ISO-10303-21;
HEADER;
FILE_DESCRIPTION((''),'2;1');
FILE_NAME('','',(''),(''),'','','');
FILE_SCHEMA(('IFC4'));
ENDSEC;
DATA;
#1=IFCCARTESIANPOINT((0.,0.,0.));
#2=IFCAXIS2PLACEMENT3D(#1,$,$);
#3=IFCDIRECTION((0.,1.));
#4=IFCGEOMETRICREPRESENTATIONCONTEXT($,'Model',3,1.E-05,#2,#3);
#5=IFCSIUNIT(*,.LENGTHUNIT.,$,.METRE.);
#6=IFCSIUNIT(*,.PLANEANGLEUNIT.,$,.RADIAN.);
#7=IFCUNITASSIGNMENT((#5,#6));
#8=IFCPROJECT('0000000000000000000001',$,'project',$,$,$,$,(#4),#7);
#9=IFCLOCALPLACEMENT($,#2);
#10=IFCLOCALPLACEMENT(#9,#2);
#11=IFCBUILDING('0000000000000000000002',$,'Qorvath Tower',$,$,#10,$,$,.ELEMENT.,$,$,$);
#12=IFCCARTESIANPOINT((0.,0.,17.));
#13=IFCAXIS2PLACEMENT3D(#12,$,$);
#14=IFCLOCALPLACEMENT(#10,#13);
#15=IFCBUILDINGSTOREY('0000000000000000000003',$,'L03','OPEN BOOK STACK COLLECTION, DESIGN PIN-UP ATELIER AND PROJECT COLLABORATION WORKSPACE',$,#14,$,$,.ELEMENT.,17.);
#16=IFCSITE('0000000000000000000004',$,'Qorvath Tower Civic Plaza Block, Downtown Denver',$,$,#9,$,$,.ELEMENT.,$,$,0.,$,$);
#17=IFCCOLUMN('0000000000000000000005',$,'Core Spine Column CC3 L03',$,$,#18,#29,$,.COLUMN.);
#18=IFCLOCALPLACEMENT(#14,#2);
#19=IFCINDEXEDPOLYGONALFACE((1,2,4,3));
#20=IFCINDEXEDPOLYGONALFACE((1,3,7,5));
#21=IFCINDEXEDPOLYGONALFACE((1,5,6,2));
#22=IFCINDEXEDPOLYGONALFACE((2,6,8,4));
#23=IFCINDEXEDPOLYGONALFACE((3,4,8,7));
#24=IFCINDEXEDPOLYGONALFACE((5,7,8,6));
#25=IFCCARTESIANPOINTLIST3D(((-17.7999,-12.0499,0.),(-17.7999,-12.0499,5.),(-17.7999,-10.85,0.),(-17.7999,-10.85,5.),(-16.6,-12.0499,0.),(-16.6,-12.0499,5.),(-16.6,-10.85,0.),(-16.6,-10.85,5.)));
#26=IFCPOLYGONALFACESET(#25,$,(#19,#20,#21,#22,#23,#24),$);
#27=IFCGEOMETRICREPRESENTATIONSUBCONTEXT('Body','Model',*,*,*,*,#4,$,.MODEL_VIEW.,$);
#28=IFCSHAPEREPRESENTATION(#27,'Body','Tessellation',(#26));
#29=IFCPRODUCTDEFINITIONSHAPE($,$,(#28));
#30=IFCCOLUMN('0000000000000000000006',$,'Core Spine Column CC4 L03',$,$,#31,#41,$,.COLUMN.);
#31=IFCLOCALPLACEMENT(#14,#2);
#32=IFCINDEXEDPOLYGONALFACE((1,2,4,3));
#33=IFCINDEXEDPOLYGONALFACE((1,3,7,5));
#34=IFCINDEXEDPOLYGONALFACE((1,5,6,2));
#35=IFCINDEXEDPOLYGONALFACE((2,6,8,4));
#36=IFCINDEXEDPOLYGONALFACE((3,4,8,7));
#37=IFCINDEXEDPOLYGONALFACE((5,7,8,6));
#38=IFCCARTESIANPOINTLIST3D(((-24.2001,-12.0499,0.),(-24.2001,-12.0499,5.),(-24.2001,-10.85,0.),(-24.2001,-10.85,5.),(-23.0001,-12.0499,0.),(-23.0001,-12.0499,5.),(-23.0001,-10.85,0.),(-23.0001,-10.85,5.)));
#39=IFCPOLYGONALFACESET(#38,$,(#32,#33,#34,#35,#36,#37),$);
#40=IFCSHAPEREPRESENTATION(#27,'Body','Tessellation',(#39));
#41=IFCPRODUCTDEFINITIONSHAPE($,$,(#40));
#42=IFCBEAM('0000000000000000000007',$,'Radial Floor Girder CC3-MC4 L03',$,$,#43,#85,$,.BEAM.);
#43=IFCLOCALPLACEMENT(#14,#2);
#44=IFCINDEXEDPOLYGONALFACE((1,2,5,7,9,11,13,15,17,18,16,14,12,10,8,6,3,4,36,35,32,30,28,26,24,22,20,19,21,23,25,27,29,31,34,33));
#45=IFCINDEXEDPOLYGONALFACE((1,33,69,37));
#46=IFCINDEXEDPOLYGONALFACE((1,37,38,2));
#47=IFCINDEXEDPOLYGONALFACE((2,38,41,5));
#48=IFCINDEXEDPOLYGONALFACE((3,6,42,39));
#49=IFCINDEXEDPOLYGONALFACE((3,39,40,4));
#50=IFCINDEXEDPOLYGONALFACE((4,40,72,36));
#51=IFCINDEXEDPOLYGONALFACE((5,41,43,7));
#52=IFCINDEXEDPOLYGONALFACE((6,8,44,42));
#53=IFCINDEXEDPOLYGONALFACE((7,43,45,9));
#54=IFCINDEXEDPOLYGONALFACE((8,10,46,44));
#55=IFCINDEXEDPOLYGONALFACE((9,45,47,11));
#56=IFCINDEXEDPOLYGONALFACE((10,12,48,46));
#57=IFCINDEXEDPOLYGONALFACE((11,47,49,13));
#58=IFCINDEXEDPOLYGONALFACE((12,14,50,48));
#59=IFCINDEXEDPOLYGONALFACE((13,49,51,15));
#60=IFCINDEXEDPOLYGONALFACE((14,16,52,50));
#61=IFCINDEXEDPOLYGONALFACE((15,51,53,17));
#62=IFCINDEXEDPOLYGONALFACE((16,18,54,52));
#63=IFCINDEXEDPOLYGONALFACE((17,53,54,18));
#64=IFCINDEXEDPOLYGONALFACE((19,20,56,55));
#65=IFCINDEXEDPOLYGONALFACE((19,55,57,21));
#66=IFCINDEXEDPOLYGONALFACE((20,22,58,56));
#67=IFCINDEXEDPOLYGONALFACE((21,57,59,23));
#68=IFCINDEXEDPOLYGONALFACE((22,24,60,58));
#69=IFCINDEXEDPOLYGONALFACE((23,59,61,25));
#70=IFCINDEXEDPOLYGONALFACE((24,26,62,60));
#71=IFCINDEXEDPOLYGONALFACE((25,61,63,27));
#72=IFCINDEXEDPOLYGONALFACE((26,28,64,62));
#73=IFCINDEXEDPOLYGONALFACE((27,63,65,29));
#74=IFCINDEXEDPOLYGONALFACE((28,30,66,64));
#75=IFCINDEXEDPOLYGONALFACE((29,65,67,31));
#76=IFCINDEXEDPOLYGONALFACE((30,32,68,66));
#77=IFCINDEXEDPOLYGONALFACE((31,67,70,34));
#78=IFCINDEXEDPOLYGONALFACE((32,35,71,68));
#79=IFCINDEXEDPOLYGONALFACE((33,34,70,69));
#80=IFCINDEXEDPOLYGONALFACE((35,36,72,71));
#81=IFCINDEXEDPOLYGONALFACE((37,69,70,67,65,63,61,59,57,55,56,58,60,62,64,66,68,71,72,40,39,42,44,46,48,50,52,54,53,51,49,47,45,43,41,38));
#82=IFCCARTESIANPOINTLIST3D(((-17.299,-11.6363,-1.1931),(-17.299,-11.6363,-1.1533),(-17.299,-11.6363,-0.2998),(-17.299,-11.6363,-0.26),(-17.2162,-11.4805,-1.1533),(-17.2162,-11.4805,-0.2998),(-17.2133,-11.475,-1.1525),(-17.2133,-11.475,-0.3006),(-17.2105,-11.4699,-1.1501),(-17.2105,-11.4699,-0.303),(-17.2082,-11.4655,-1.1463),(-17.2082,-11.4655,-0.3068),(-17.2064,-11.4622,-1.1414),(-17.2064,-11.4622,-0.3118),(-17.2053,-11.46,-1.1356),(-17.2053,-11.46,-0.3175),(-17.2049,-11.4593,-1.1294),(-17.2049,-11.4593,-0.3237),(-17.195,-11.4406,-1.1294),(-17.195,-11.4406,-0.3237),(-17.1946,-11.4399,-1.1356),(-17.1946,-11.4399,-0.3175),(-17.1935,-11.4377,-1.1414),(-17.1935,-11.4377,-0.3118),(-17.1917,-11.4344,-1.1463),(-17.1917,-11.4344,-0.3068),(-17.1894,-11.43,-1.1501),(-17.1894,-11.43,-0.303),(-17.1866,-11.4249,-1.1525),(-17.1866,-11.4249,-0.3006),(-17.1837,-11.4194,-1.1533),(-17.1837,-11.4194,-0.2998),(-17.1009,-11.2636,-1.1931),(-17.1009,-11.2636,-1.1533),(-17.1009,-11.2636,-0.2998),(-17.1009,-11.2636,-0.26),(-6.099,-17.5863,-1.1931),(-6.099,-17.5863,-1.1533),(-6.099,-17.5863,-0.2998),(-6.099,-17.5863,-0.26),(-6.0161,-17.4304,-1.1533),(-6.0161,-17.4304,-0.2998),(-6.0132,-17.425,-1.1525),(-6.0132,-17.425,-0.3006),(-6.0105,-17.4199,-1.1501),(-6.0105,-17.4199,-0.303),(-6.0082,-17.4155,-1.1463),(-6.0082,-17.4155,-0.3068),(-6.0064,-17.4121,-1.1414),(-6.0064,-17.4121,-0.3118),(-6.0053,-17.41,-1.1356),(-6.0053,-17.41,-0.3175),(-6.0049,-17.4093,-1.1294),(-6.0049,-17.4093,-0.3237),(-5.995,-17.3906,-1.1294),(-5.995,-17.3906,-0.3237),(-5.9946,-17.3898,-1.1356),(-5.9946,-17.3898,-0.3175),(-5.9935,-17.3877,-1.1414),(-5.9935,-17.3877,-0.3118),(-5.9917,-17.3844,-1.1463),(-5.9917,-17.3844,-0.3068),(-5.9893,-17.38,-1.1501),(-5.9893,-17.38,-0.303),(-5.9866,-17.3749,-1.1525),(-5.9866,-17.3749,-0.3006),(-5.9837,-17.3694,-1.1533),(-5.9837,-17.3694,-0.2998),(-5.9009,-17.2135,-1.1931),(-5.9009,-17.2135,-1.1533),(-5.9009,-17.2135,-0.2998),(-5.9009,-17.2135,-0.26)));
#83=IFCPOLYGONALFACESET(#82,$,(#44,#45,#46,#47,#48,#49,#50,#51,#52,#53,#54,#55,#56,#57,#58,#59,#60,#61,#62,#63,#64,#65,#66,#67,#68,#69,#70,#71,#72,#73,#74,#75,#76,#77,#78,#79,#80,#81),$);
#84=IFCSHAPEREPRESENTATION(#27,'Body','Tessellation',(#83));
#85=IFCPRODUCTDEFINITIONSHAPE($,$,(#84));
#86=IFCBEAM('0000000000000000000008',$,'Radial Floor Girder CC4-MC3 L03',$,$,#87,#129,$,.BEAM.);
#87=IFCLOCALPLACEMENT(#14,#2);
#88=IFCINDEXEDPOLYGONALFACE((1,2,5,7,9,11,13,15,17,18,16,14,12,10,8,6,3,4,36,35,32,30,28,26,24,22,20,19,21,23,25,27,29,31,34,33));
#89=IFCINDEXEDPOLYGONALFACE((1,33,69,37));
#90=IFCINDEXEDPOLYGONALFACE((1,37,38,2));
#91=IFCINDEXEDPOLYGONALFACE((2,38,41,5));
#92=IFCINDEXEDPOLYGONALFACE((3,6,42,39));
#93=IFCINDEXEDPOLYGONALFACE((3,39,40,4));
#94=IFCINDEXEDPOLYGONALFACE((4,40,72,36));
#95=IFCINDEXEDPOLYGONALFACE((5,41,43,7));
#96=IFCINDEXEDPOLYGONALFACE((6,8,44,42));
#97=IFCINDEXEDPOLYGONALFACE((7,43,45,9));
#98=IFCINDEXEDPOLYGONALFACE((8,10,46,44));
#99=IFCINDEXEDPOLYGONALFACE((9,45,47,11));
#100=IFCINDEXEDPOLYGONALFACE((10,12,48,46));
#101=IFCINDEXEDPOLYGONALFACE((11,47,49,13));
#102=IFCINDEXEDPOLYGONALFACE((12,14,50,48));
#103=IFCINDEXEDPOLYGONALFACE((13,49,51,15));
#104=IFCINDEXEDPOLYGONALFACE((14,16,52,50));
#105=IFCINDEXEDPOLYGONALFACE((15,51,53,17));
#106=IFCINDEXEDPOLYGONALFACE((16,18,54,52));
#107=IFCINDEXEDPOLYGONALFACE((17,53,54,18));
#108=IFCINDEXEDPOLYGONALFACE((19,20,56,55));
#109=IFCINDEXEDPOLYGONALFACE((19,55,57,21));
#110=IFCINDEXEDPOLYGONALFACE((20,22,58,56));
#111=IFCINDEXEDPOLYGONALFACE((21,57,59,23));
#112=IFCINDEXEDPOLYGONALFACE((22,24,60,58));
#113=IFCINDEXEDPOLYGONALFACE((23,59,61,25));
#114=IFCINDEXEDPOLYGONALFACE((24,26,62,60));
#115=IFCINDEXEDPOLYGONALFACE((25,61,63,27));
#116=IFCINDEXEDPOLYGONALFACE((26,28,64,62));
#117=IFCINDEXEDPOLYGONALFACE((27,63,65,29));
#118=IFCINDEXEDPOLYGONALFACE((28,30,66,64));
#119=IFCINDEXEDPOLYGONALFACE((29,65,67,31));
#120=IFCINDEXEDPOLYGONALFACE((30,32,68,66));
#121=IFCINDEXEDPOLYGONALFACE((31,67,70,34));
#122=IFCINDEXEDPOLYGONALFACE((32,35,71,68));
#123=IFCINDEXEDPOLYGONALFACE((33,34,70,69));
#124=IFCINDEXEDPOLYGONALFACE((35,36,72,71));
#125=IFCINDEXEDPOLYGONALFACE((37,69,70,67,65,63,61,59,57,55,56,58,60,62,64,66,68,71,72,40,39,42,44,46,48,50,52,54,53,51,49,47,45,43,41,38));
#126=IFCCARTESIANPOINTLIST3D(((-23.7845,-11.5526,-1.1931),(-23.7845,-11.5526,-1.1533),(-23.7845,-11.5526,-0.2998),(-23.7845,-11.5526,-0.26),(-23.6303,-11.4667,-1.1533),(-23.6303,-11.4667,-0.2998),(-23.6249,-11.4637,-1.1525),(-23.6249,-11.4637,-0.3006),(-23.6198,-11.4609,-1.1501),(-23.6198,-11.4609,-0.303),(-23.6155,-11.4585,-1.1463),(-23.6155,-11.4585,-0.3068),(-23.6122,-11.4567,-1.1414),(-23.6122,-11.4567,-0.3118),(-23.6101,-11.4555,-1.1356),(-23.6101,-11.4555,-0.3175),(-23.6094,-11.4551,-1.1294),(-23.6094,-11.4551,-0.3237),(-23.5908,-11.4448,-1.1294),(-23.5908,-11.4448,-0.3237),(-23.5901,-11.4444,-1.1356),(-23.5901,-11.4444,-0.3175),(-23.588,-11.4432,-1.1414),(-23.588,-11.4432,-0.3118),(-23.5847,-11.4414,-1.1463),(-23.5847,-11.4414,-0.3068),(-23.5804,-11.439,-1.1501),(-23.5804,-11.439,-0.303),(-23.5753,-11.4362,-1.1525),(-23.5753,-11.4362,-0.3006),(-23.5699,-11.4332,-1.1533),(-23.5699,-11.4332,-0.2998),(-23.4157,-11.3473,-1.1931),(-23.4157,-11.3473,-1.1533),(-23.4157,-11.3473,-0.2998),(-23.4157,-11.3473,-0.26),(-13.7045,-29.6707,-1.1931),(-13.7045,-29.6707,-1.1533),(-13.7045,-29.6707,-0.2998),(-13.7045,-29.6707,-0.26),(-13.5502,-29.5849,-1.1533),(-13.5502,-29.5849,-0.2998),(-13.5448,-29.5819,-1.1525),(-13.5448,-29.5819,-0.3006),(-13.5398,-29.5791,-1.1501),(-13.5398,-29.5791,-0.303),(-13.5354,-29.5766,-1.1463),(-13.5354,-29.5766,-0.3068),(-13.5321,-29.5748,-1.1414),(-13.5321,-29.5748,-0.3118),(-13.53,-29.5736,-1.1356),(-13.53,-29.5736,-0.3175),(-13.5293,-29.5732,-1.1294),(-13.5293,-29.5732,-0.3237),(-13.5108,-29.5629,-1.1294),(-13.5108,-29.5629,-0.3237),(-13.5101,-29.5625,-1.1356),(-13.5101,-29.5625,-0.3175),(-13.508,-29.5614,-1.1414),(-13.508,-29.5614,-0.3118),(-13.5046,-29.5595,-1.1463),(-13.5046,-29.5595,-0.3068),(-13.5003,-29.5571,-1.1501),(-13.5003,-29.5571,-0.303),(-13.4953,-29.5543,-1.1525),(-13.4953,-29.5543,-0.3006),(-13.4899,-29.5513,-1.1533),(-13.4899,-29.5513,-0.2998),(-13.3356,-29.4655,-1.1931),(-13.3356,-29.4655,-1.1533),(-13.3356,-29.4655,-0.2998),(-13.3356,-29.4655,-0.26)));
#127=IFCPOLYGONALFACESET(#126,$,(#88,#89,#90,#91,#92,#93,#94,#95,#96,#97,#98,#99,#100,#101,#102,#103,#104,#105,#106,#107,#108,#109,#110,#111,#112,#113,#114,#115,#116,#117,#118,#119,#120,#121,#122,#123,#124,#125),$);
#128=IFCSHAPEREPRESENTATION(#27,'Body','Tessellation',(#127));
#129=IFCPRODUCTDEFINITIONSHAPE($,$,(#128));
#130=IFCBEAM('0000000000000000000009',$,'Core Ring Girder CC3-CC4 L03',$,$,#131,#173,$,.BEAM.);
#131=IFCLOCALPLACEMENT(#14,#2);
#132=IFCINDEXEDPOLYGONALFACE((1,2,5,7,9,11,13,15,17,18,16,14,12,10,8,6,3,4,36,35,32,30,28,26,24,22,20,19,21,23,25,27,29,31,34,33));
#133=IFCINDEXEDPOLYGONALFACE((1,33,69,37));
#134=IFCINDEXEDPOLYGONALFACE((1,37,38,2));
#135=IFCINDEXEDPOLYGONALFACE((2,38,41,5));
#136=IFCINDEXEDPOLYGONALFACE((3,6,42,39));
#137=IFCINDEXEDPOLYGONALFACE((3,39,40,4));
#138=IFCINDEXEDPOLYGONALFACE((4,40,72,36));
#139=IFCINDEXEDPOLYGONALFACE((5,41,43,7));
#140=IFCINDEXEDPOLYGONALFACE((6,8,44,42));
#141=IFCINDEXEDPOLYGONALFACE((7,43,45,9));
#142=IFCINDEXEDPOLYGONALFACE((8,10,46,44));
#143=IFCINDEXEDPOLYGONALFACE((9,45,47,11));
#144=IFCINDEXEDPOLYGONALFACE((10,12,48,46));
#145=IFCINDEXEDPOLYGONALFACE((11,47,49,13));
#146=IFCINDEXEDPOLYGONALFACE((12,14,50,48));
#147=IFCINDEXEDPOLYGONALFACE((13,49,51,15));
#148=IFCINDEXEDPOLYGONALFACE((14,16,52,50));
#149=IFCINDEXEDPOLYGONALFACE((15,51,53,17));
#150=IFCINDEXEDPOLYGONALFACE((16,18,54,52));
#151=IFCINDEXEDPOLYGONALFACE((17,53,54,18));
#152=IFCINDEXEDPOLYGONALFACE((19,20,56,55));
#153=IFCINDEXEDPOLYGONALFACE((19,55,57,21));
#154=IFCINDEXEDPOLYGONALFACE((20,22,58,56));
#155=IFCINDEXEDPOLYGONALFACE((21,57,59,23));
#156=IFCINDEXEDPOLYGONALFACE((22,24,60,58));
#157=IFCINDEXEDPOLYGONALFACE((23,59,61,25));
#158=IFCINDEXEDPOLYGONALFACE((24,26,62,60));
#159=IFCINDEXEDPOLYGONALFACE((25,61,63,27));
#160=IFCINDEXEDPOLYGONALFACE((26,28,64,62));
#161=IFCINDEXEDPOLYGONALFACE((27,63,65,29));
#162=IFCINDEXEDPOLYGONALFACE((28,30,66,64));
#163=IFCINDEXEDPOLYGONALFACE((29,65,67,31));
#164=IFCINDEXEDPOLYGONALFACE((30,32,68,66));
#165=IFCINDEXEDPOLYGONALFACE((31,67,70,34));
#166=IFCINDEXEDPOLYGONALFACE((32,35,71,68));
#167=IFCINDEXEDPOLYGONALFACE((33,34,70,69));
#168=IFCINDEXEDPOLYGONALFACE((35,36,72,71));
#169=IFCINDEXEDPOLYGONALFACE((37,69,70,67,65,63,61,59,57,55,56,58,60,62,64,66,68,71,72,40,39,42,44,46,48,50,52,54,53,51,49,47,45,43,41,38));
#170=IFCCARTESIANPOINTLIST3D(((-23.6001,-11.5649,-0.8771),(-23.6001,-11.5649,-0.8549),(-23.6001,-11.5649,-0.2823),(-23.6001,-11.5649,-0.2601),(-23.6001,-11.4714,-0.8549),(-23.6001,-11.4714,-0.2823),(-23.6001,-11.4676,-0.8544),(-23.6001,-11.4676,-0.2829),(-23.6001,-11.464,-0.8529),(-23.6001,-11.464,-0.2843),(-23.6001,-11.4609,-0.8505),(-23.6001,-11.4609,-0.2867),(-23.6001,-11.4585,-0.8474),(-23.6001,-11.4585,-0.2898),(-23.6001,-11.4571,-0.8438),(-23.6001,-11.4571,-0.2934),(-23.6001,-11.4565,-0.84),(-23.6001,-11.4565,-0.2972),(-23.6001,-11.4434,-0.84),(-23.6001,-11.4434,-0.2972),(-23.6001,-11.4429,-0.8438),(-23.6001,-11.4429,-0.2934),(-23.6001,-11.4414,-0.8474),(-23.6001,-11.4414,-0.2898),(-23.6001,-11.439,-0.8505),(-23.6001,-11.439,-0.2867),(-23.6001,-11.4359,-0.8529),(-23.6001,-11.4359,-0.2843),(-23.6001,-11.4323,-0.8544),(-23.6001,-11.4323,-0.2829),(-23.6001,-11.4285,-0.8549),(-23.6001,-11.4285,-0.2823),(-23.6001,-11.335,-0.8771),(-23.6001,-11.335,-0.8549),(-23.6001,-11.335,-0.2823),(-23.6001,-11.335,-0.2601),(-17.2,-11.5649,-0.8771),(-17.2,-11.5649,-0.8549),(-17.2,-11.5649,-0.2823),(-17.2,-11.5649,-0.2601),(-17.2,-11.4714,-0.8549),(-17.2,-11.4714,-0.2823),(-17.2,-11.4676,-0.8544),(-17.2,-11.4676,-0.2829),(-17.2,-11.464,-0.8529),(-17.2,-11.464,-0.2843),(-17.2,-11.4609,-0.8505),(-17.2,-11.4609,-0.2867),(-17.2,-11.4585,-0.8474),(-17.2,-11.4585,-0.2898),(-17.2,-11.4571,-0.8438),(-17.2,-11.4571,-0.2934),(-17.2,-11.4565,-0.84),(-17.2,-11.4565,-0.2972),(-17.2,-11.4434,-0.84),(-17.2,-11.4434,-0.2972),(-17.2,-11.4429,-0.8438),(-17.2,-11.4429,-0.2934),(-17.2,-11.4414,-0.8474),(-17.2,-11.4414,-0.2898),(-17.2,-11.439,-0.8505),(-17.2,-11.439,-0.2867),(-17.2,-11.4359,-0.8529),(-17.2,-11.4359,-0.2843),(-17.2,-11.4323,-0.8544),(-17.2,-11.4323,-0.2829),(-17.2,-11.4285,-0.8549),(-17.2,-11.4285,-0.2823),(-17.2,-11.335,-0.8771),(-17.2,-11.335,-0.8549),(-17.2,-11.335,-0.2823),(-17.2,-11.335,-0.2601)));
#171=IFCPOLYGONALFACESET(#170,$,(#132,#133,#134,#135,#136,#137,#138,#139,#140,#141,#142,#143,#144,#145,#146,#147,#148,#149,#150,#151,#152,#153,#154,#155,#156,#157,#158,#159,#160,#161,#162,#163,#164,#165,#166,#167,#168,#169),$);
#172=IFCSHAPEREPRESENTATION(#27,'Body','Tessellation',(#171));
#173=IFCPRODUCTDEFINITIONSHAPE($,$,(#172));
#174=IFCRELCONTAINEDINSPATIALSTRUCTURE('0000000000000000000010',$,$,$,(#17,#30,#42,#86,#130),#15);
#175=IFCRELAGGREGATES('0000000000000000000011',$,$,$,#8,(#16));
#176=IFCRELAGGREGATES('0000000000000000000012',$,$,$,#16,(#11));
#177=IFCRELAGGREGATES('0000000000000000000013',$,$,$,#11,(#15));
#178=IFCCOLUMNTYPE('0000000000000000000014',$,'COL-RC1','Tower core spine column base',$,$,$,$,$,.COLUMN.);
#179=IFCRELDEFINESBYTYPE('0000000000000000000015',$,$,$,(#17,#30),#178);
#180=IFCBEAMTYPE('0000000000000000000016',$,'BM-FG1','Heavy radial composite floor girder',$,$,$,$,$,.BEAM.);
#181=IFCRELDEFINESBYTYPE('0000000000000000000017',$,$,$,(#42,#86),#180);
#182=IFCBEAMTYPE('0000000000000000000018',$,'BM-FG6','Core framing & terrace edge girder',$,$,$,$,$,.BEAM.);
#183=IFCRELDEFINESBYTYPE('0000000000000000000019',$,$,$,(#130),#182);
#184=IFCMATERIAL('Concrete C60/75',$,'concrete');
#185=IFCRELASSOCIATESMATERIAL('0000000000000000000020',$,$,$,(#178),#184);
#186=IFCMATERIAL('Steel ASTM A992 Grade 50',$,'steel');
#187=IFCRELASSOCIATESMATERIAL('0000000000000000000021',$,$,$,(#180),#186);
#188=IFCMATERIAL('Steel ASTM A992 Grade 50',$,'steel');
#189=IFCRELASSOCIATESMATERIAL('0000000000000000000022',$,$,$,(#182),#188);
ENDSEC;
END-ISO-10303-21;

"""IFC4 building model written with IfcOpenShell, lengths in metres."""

from ifc_helpers import new_model, si_unit, direction, frame, origin, origin_2d, place, context, subcontext, project, spatial, rectangle, i_section, extrude, material, material_profile, profile_set, type_object, element, save


model = new_model("IFC4")

# Units and contexts
model_context = context("Model", 3, precision=1e-05, world=origin(), true_north=direction((0.0, 1.0)))
body_context = subcontext(model_context, "Body", "Model", "MODEL_VIEW")
ifc_project = project(units=[si_unit("LENGTHUNIT", "METRE"), si_unit("PLANEANGLEUNIT", "RADIAN")], contexts=[model_context])

# Site, building, storey
site_placement = place(None, origin())
site = spatial("IfcSite", under=ifc_project, at=site_placement, Name="Qorvath Tower Civic Plaza Block, Downtown Denver", CompositionType="ELEMENT", RefElevation=0.0)
building_placement = place(site_placement, origin())
building = spatial("IfcBuilding", under=site, at=building_placement, Name="Qorvath Tower", CompositionType="ELEMENT")
storey_placement = place(building_placement, frame((0.0, 0.0, 17.0)))
storey = spatial("IfcBuildingStorey", under=building, at=storey_placement, Name="L03", Description="OPEN BOOK STACK COLLECTION, DESIGN PIN-UP ATELIER AND PROJECT COLLABORATION WORKSPACE", CompositionType="ELEMENT", Elevation=17.0)

# Columns
ifc_material_1 = material(Name="Concrete C60/75", Category="concrete")
ifc_material_profile_1 = material_profile(ifc_material_1, rectangle(XDim=1.2, YDim=1.2, at=origin_2d()), Name="RC 1200x1200")
ifc_profile_set_1 = profile_set([ifc_material_profile_1], Name="Concrete C60/75")
column_type = type_object("IfcColumnType", Name="COL-RC1", Description="Tower core spine column base", PredefinedType="COLUMN", material=ifc_profile_set_1)
for number, where, z_axis, x_axis, name in (
    (1, (-17.2, -11.45, 0.0), (0.0, 0.0, 1.0), (1.0, 0.0, 0.0), "Core Spine Column CC3 L03"),
    (2, (-23.6001, -11.45, 0.0), (0.0, 0.0, 1.0), (1.0, 0.0, 0.0), "Core Spine Column CC4 L03"),
):
    element("IfcColumn", number, at=place(storey_placement, frame(where, z_axis=z_axis, x_axis=x_axis)), inside=storey, type_object=column_type, Name=name, PredefinedType="COLUMN", context=body_context, shape_type="SweptSolid", body=[
        extrude(rectangle(XDim=1.2, YDim=1.2, at=origin_2d()), origin(), (0.0, 0.0, 1.0), 5.0),
    ])

# Beams
ifc_material_2 = material(Name="Steel ASTM A992 Grade 50", Category="steel")
ifc_material_profile_2 = material_profile(ifc_material_2, i_section(OverallWidth=0.4221, OverallDepth=0.9331, WebThickness=0.0212, FlangeThickness=0.0398, FilletRadius=0.0239, at=origin_2d()), Name="W36x262")
ifc_profile_set_2 = profile_set([ifc_material_profile_2], Name="Steel ASTM A992 Grade 50")
beam_type_1 = type_object("IfcBeamType", Name="BM-FG1", Description="Heavy radial composite floor girder", PredefinedType="BEAM", material=ifc_profile_set_2)
beam_1_placement = place(storey_placement, frame((-17.2, -11.45, -0.7266), z_axis=(0.883116, -0.469154, 0.0), x_axis=(0.469154, 0.883116, 0.0)))
element("IfcBeam", 3, at=beam_1_placement, inside=storey, type_object=beam_type_1, Name="Radial Floor Girder CC3-MC4 L03", PredefinedType="BEAM", context=body_context, shape_type="SweptSolid", body=[
    extrude(i_section(OverallWidth=0.4221, OverallDepth=0.9331, WebThickness=0.0212, FlangeThickness=0.0398, FilletRadius=0.0239, at=origin_2d()), origin(), (0.0, 0.0, 1.0), 12.6824),
])
beam_2_placement = place(storey_placement, frame((-23.6001, -11.45, -0.7266), z_axis=(0.486175, -0.873862, 0.0), x_axis=(0.873862, 0.486175, 0.0)))
element("IfcBeam", 4, at=beam_2_placement, inside=storey, type_object=beam_type_1, Name="Radial Floor Girder CC4-MC3 L03", PredefinedType="BEAM", context=body_context, shape_type="SweptSolid", body=[
    extrude(i_section(OverallWidth=0.4221, OverallDepth=0.9331, WebThickness=0.0212, FlangeThickness=0.0398, FilletRadius=0.0239, at=origin_2d()), origin(), (0.0, 0.0, 1.0), 20.7334),
])
ifc_material_3 = material(Name="Steel ASTM A992 Grade 50", Category="steel")
ifc_material_profile_3 = material_profile(ifc_material_3, i_section(OverallWidth=0.23, OverallDepth=0.6169, WebThickness=0.0132, FlangeThickness=0.0222, FilletRadius=0.0149, at=origin_2d()), Name="W24x94")
ifc_profile_set_3 = profile_set([ifc_material_profile_3], Name="Steel ASTM A992 Grade 50")
beam_type_2 = type_object("IfcBeamType", Name="BM-FG6", Description="Core framing & terrace edge girder", PredefinedType="BEAM", material=ifc_profile_set_3)
beam_3_placement = place(storey_placement, frame((-17.2, -11.45, -0.5686), z_axis=(-1.0, 0.0, 0.0), x_axis=(0.0, -1.0, 0.0)))
element("IfcBeam", 5, at=beam_3_placement, inside=storey, type_object=beam_type_2, Name="Core Ring Girder CC3-CC4 L03", PredefinedType="BEAM", context=body_context, shape_type="SweptSolid", body=[
    extrude(i_section(OverallWidth=0.23, OverallDepth=0.6169, WebThickness=0.0132, FlangeThickness=0.0222, FilletRadius=0.0149, at=origin_2d()), origin(), (0.0, 0.0, 1.0), 6.4001),
])

save(model, "model.ifc")
